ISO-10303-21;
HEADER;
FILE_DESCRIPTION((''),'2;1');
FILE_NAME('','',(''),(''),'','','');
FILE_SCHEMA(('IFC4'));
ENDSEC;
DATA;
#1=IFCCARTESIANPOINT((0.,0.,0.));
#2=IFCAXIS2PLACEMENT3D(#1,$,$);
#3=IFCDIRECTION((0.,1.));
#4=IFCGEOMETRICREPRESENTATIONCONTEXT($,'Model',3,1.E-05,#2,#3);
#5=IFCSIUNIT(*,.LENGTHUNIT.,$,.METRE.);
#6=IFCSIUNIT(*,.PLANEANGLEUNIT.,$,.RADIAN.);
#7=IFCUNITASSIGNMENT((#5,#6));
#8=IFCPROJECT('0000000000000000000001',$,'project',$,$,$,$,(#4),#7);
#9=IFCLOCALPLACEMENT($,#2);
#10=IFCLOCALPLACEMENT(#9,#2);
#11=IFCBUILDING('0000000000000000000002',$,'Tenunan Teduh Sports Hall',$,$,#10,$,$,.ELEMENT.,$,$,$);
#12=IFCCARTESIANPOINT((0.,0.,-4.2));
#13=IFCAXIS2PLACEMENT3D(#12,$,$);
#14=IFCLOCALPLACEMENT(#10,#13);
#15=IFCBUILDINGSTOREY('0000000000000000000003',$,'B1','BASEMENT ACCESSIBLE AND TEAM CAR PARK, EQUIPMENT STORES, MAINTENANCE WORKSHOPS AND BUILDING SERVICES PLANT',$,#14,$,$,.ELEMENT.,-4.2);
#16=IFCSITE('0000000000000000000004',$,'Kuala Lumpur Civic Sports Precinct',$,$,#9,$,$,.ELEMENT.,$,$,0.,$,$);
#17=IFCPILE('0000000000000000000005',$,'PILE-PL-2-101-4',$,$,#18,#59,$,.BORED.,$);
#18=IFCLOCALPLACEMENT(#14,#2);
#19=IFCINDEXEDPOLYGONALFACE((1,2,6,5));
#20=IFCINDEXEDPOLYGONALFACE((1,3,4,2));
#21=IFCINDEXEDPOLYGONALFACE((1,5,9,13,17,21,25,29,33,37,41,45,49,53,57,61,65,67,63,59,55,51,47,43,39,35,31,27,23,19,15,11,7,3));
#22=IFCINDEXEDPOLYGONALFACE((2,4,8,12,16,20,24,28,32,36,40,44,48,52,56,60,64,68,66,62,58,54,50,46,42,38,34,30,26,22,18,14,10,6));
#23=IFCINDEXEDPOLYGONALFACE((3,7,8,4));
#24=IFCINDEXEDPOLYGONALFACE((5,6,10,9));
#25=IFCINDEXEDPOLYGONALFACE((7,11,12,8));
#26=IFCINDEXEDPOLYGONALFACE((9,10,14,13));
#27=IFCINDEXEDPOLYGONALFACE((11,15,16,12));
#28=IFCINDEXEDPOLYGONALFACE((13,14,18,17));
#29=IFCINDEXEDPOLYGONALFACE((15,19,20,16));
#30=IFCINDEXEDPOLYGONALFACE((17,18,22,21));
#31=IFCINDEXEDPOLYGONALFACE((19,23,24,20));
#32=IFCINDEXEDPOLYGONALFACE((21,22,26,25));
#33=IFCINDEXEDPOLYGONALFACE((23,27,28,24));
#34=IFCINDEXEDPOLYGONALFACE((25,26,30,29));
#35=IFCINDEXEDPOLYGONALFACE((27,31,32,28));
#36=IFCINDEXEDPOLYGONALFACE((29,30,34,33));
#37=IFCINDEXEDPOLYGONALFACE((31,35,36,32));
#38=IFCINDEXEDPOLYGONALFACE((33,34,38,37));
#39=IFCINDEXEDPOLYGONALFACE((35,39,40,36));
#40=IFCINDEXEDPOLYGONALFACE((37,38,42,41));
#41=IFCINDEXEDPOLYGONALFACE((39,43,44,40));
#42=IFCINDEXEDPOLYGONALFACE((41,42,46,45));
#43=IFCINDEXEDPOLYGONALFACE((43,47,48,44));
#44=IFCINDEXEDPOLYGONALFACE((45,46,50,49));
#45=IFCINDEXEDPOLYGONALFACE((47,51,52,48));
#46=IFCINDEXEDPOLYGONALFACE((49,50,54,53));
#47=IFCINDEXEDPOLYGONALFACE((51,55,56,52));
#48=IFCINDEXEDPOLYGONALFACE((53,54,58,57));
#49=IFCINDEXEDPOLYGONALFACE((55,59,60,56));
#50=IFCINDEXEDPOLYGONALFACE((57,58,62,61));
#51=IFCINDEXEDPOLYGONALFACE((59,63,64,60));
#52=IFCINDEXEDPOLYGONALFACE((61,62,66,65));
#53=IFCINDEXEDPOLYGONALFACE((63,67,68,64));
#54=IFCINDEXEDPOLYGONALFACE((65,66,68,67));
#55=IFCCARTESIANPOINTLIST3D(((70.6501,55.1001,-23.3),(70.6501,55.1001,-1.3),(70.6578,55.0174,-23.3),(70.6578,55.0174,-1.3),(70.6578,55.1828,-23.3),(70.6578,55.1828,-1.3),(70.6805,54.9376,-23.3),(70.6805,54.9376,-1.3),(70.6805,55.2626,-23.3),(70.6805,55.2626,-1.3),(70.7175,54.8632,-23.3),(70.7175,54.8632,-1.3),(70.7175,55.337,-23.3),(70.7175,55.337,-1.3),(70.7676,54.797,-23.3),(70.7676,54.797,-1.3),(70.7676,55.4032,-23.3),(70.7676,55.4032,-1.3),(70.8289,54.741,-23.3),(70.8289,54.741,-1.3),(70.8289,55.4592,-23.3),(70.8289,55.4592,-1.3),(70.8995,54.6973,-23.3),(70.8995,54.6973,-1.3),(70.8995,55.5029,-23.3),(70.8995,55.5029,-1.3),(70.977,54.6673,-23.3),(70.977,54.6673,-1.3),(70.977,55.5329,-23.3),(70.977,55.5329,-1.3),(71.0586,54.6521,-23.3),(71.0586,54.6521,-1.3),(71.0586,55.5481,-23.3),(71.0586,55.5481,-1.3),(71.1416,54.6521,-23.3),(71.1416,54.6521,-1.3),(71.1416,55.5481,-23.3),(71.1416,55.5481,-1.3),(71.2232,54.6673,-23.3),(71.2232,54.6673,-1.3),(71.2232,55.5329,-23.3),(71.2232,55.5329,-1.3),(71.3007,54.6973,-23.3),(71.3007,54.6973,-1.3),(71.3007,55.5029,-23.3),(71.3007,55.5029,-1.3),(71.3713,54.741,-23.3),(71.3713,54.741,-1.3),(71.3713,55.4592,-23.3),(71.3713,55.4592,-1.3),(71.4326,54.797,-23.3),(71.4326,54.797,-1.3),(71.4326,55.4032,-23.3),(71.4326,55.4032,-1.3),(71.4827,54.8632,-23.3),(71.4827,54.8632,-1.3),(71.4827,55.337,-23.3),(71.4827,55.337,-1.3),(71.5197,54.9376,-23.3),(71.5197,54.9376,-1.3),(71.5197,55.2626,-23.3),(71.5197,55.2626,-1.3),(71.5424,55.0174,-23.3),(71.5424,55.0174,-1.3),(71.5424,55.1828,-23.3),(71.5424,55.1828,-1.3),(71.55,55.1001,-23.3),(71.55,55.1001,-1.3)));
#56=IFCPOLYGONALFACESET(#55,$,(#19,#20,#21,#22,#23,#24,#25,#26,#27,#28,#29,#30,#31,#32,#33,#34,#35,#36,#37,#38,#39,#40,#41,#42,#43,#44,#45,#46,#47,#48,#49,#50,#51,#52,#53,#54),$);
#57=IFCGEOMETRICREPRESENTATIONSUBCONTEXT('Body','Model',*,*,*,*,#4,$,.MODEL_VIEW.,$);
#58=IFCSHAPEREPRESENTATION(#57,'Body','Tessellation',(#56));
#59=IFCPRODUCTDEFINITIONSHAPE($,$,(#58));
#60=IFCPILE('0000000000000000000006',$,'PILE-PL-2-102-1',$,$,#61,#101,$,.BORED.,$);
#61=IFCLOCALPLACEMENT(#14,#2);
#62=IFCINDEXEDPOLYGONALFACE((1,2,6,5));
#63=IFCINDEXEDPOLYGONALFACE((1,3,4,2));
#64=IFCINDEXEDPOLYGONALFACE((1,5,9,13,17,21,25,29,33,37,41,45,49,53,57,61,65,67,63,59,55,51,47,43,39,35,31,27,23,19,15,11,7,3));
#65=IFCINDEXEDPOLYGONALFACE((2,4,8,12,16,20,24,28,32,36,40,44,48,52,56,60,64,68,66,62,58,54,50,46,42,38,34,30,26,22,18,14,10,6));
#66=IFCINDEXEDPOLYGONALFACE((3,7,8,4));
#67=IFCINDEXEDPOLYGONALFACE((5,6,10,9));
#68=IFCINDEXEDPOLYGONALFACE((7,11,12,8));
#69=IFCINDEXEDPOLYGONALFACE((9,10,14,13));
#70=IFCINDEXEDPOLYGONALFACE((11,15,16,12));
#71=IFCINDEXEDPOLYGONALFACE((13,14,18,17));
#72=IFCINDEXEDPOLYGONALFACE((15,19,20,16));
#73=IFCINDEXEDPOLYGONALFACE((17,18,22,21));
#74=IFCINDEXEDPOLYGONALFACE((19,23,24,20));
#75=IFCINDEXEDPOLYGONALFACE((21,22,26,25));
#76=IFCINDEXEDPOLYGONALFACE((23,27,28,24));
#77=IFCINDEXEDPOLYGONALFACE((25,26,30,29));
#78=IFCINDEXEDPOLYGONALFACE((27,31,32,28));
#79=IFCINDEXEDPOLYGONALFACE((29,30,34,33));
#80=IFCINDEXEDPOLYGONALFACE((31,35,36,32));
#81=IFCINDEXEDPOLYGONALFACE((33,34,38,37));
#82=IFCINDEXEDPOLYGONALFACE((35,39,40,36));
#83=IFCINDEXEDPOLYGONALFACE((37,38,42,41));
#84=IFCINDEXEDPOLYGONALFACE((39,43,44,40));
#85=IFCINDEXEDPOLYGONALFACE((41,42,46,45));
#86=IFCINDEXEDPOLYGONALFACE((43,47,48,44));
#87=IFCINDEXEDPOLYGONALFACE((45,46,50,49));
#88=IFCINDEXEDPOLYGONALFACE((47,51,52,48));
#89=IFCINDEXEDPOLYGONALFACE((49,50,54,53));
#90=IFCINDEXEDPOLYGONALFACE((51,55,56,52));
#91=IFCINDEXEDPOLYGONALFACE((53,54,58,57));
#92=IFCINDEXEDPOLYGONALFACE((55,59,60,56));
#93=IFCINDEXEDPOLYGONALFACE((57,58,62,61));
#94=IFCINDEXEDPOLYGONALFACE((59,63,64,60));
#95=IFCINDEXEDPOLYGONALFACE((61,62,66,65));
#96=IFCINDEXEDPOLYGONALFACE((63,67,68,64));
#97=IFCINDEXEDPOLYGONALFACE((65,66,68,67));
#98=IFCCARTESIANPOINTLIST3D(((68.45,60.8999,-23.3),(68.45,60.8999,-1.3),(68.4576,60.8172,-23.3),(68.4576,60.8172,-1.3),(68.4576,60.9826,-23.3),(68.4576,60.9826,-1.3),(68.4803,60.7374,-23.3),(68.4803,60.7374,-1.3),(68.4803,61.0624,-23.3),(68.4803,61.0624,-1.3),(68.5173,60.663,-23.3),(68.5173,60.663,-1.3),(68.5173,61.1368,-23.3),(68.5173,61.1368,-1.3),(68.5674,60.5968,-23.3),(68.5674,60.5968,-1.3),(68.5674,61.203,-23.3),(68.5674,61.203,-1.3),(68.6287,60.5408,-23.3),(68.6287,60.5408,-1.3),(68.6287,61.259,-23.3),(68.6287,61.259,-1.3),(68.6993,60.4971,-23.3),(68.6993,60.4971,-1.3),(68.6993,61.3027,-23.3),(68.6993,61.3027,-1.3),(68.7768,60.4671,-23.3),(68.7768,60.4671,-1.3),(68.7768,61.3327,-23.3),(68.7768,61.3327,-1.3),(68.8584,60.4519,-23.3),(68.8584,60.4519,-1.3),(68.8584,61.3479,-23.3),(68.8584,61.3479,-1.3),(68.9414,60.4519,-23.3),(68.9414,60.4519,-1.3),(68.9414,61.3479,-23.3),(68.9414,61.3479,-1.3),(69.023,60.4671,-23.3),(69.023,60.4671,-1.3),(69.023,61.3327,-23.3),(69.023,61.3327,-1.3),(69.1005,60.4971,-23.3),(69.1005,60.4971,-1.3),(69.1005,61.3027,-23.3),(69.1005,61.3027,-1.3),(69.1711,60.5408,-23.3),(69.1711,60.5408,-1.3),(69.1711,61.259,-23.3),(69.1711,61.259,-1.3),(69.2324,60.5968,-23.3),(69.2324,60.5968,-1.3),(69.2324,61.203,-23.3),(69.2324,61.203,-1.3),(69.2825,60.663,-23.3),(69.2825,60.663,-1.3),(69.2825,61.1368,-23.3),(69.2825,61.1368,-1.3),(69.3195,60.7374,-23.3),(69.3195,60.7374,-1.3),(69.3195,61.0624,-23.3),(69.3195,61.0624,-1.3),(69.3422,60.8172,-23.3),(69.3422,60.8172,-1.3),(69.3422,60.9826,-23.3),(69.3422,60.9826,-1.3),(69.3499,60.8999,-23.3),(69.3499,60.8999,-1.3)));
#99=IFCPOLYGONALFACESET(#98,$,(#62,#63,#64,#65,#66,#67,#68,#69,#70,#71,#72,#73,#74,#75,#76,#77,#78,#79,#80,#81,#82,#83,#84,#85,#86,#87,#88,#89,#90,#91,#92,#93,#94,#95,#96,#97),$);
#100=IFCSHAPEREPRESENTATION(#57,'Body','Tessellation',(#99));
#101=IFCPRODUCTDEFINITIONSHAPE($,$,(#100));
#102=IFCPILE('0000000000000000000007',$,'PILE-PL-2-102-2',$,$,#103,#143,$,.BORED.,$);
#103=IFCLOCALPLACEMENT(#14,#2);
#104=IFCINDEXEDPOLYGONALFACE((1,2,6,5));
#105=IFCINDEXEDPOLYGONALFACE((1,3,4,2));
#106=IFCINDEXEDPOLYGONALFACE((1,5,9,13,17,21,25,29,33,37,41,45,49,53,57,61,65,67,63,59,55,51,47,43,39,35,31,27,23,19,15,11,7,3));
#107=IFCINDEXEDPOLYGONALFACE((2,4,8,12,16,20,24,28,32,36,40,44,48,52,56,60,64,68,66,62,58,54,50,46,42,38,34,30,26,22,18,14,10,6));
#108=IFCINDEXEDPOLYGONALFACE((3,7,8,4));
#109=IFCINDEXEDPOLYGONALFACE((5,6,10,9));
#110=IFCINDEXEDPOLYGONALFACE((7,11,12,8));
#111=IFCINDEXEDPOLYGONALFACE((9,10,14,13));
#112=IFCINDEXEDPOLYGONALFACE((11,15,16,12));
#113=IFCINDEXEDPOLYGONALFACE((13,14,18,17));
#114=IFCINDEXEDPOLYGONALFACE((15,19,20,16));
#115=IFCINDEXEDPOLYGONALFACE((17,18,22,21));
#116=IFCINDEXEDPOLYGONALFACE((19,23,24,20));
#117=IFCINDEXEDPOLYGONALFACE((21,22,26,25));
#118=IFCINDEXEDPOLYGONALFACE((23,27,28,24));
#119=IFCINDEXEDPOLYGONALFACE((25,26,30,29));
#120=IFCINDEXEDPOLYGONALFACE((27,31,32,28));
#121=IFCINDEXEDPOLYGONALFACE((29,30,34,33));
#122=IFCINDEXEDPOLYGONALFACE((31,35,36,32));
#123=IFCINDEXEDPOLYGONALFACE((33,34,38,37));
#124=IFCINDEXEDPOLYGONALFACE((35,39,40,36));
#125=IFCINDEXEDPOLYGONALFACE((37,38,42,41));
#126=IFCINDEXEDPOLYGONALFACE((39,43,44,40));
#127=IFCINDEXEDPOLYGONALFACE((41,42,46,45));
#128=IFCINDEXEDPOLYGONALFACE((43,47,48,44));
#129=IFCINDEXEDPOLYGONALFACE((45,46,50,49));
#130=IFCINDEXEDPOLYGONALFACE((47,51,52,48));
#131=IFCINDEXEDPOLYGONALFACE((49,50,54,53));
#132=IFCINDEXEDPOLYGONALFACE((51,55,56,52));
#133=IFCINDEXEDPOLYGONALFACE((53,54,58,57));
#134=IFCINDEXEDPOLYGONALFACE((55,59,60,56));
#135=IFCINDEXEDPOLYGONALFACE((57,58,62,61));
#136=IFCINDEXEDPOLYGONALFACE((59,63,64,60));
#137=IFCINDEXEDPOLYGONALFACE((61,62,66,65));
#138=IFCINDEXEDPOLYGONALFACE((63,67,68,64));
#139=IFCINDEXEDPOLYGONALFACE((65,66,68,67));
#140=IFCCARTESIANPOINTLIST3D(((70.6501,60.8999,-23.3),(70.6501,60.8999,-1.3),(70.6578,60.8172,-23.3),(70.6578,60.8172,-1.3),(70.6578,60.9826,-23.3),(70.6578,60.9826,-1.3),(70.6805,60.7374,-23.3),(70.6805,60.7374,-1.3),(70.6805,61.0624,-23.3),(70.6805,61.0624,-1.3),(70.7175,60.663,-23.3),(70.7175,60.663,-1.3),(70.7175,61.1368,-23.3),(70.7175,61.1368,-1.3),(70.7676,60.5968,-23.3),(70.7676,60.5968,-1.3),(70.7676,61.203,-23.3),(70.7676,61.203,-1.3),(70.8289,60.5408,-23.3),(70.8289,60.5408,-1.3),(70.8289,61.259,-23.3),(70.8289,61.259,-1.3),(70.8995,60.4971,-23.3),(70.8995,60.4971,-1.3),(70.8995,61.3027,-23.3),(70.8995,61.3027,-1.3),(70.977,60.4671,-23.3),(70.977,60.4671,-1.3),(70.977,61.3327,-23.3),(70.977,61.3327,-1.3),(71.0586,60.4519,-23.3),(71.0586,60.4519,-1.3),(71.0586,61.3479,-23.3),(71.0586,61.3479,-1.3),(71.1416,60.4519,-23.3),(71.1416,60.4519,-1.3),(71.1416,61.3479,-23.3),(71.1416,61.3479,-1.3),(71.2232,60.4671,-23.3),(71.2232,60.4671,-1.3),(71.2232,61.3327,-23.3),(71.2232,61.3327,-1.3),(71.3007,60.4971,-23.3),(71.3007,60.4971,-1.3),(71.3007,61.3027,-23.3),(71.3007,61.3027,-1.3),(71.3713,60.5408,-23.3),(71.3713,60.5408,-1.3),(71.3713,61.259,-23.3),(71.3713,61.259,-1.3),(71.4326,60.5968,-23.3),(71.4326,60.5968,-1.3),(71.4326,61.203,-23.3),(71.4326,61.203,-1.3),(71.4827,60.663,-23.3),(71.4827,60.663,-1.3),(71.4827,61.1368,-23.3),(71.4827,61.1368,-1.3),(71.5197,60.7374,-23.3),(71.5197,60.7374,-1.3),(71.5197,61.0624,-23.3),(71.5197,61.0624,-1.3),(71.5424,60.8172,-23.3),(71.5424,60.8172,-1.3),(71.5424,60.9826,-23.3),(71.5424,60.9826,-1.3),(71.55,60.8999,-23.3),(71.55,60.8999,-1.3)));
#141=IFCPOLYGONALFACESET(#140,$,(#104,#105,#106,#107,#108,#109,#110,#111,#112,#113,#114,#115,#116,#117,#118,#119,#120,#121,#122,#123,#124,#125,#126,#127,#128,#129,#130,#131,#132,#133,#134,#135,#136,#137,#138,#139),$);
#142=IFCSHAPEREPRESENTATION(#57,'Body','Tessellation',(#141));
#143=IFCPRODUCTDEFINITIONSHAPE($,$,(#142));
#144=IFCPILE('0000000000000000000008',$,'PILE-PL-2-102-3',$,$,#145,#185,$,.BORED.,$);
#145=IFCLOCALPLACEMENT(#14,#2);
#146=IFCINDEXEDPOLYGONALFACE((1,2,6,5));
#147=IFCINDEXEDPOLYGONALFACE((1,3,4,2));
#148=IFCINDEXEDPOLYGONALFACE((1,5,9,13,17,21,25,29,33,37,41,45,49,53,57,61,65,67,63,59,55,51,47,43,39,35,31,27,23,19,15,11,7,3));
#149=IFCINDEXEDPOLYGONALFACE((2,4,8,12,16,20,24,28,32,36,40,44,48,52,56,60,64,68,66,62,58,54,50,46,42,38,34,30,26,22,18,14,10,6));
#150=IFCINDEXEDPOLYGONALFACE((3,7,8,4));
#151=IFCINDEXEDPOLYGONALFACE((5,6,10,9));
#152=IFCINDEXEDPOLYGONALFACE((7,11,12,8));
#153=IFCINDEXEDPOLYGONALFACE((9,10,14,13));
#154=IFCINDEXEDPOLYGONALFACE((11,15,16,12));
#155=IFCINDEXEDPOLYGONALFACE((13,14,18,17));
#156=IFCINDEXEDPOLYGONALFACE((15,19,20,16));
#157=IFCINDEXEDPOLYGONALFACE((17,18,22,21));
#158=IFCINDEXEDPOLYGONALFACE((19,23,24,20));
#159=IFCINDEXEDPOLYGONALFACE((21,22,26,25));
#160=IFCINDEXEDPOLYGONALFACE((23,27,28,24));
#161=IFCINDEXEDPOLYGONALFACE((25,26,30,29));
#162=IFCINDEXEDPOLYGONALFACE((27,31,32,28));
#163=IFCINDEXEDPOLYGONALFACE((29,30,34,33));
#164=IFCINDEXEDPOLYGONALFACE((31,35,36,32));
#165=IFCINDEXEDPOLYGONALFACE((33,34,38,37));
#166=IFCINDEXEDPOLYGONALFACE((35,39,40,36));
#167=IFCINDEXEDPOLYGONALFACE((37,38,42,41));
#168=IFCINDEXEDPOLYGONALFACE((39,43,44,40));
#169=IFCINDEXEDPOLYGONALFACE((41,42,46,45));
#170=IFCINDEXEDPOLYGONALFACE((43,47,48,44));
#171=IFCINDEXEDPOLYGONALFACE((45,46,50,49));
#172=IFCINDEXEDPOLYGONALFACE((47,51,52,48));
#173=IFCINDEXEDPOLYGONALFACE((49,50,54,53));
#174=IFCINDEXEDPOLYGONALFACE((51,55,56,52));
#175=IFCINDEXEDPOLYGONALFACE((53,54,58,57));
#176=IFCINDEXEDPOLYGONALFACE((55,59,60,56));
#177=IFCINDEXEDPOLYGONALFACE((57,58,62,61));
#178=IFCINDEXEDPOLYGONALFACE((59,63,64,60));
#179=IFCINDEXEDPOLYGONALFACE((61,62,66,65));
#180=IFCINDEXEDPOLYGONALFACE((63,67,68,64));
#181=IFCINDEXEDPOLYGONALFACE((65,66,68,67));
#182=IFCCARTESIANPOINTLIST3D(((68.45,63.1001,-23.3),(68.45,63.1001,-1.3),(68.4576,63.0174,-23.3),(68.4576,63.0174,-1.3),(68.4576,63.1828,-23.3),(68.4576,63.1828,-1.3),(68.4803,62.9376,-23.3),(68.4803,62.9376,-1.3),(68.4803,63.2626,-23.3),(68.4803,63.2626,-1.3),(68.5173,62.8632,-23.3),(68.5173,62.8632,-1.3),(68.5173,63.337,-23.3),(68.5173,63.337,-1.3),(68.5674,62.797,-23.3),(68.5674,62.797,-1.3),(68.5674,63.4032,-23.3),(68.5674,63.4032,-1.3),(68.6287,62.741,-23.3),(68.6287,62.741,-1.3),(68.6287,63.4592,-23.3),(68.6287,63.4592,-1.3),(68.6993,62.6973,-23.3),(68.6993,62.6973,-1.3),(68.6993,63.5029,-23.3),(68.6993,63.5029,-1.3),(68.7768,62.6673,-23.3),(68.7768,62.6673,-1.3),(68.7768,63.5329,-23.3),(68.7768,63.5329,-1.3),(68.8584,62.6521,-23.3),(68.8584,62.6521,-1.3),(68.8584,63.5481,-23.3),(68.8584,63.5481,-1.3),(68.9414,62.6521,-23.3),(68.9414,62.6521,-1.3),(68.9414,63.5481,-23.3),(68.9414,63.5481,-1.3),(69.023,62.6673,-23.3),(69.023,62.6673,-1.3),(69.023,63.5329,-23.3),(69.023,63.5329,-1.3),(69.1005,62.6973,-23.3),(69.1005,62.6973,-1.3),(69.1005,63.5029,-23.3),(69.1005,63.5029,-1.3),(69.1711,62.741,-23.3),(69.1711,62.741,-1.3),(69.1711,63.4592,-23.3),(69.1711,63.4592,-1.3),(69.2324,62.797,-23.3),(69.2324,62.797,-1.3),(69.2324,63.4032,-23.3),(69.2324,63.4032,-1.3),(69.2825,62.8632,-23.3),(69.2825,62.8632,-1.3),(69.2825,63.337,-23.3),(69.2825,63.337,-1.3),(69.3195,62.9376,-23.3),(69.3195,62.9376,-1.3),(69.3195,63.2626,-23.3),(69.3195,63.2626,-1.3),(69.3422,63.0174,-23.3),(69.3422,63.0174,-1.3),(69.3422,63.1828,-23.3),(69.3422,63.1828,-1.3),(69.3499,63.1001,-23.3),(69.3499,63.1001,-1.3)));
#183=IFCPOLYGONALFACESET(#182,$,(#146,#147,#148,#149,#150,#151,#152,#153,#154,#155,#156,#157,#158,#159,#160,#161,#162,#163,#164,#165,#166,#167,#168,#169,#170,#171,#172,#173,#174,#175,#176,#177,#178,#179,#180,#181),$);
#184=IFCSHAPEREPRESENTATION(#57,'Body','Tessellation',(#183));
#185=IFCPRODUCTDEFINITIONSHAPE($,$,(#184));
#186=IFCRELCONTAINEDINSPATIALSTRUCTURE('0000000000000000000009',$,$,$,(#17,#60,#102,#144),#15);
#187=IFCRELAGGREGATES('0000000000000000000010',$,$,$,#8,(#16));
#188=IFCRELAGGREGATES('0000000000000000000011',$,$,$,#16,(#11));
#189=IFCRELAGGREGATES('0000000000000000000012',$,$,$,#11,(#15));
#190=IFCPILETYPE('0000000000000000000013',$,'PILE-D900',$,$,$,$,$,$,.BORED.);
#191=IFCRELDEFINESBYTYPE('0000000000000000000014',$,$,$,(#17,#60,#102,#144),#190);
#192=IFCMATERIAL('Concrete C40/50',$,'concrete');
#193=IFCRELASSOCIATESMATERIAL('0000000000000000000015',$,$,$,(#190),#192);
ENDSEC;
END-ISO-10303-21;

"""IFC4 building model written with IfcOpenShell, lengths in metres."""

from ifc_helpers import new_model, si_unit, direction, frame, origin, origin_2d, place, context, subcontext, project, spatial, circle, extrude, material, material_profile, profile_set, type_object, element, save


model = new_model("IFC4")

# Units and contexts
model_context = context("Model", 3, precision=1e-05, world=origin(), true_north=direction((0.0, 1.0)))
body_context = subcontext(model_context, "Body", "Model", "MODEL_VIEW")
ifc_project = project(units=[si_unit("LENGTHUNIT", "METRE"), si_unit("PLANEANGLEUNIT", "RADIAN")], contexts=[model_context])

# Site, building, storey
site_placement = place(None, origin())
site = spatial("IfcSite", under=ifc_project, at=site_placement, Name="Kuala Lumpur Civic Sports Precinct", CompositionType="ELEMENT", RefElevation=0.0)
building_placement = place(site_placement, origin())
building = spatial("IfcBuilding", under=site, at=building_placement, Name="Tenunan Teduh Sports Hall", CompositionType="ELEMENT")
storey_placement = place(building_placement, frame((0.0, 0.0, -4.2)))
storey = spatial("IfcBuildingStorey", under=building, at=storey_placement, Name="B1", Description="BASEMENT ACCESSIBLE AND TEAM CAR PARK, EQUIPMENT STORES, MAINTENANCE WORKSHOPS AND BUILDING SERVICES PLANT", CompositionType="ELEMENT", Elevation=-4.2)

# Piles
ifc_material_1 = material(Name="Concrete C40/50", Category="concrete")
ifc_material_profile_1 = material_profile(ifc_material_1, circle(Radius=0.45, at=origin_2d()), Name="PILE D900")
ifc_profile_set_1 = profile_set([ifc_material_profile_1], Name="Concrete C40/50")
pile_type = type_object("IfcPileType", Name="PILE-D900", PredefinedType="BORED", material=ifc_profile_set_1)
for number, where, z_axis, x_axis, name in (
    (1, (71.1001, 55.1001, -1.3), (0.0, 0.0, -1.0), (1.0, 0.0, 0.0), "PILE-PL-2-101-4"),
    (2, (68.8999, 60.8999, -1.3), (0.0, 0.0, -1.0), (1.0, 0.0, 0.0), "PILE-PL-2-102-1"),
    (3, (71.1001, 60.8999, -1.3), (0.0, 0.0, -1.0), (1.0, 0.0, 0.0), "PILE-PL-2-102-2"),
    (4, (68.8999, 63.1001, -1.3), (0.0, 0.0, -1.0), (1.0, 0.0, 0.0), "PILE-PL-2-102-3"),
):
    element("IfcPile", number, at=place(storey_placement, frame(where, z_axis=z_axis, x_axis=x_axis)), inside=storey, type_object=pile_type, Name=name, PredefinedType="BORED", context=body_context, shape_type="SweptSolid", body=[
        extrude(circle(Radius=0.45, at=origin_2d()), origin(), (0.0, 0.0, 1.0), 22.0),
    ])

save(model, "model.ifc")
